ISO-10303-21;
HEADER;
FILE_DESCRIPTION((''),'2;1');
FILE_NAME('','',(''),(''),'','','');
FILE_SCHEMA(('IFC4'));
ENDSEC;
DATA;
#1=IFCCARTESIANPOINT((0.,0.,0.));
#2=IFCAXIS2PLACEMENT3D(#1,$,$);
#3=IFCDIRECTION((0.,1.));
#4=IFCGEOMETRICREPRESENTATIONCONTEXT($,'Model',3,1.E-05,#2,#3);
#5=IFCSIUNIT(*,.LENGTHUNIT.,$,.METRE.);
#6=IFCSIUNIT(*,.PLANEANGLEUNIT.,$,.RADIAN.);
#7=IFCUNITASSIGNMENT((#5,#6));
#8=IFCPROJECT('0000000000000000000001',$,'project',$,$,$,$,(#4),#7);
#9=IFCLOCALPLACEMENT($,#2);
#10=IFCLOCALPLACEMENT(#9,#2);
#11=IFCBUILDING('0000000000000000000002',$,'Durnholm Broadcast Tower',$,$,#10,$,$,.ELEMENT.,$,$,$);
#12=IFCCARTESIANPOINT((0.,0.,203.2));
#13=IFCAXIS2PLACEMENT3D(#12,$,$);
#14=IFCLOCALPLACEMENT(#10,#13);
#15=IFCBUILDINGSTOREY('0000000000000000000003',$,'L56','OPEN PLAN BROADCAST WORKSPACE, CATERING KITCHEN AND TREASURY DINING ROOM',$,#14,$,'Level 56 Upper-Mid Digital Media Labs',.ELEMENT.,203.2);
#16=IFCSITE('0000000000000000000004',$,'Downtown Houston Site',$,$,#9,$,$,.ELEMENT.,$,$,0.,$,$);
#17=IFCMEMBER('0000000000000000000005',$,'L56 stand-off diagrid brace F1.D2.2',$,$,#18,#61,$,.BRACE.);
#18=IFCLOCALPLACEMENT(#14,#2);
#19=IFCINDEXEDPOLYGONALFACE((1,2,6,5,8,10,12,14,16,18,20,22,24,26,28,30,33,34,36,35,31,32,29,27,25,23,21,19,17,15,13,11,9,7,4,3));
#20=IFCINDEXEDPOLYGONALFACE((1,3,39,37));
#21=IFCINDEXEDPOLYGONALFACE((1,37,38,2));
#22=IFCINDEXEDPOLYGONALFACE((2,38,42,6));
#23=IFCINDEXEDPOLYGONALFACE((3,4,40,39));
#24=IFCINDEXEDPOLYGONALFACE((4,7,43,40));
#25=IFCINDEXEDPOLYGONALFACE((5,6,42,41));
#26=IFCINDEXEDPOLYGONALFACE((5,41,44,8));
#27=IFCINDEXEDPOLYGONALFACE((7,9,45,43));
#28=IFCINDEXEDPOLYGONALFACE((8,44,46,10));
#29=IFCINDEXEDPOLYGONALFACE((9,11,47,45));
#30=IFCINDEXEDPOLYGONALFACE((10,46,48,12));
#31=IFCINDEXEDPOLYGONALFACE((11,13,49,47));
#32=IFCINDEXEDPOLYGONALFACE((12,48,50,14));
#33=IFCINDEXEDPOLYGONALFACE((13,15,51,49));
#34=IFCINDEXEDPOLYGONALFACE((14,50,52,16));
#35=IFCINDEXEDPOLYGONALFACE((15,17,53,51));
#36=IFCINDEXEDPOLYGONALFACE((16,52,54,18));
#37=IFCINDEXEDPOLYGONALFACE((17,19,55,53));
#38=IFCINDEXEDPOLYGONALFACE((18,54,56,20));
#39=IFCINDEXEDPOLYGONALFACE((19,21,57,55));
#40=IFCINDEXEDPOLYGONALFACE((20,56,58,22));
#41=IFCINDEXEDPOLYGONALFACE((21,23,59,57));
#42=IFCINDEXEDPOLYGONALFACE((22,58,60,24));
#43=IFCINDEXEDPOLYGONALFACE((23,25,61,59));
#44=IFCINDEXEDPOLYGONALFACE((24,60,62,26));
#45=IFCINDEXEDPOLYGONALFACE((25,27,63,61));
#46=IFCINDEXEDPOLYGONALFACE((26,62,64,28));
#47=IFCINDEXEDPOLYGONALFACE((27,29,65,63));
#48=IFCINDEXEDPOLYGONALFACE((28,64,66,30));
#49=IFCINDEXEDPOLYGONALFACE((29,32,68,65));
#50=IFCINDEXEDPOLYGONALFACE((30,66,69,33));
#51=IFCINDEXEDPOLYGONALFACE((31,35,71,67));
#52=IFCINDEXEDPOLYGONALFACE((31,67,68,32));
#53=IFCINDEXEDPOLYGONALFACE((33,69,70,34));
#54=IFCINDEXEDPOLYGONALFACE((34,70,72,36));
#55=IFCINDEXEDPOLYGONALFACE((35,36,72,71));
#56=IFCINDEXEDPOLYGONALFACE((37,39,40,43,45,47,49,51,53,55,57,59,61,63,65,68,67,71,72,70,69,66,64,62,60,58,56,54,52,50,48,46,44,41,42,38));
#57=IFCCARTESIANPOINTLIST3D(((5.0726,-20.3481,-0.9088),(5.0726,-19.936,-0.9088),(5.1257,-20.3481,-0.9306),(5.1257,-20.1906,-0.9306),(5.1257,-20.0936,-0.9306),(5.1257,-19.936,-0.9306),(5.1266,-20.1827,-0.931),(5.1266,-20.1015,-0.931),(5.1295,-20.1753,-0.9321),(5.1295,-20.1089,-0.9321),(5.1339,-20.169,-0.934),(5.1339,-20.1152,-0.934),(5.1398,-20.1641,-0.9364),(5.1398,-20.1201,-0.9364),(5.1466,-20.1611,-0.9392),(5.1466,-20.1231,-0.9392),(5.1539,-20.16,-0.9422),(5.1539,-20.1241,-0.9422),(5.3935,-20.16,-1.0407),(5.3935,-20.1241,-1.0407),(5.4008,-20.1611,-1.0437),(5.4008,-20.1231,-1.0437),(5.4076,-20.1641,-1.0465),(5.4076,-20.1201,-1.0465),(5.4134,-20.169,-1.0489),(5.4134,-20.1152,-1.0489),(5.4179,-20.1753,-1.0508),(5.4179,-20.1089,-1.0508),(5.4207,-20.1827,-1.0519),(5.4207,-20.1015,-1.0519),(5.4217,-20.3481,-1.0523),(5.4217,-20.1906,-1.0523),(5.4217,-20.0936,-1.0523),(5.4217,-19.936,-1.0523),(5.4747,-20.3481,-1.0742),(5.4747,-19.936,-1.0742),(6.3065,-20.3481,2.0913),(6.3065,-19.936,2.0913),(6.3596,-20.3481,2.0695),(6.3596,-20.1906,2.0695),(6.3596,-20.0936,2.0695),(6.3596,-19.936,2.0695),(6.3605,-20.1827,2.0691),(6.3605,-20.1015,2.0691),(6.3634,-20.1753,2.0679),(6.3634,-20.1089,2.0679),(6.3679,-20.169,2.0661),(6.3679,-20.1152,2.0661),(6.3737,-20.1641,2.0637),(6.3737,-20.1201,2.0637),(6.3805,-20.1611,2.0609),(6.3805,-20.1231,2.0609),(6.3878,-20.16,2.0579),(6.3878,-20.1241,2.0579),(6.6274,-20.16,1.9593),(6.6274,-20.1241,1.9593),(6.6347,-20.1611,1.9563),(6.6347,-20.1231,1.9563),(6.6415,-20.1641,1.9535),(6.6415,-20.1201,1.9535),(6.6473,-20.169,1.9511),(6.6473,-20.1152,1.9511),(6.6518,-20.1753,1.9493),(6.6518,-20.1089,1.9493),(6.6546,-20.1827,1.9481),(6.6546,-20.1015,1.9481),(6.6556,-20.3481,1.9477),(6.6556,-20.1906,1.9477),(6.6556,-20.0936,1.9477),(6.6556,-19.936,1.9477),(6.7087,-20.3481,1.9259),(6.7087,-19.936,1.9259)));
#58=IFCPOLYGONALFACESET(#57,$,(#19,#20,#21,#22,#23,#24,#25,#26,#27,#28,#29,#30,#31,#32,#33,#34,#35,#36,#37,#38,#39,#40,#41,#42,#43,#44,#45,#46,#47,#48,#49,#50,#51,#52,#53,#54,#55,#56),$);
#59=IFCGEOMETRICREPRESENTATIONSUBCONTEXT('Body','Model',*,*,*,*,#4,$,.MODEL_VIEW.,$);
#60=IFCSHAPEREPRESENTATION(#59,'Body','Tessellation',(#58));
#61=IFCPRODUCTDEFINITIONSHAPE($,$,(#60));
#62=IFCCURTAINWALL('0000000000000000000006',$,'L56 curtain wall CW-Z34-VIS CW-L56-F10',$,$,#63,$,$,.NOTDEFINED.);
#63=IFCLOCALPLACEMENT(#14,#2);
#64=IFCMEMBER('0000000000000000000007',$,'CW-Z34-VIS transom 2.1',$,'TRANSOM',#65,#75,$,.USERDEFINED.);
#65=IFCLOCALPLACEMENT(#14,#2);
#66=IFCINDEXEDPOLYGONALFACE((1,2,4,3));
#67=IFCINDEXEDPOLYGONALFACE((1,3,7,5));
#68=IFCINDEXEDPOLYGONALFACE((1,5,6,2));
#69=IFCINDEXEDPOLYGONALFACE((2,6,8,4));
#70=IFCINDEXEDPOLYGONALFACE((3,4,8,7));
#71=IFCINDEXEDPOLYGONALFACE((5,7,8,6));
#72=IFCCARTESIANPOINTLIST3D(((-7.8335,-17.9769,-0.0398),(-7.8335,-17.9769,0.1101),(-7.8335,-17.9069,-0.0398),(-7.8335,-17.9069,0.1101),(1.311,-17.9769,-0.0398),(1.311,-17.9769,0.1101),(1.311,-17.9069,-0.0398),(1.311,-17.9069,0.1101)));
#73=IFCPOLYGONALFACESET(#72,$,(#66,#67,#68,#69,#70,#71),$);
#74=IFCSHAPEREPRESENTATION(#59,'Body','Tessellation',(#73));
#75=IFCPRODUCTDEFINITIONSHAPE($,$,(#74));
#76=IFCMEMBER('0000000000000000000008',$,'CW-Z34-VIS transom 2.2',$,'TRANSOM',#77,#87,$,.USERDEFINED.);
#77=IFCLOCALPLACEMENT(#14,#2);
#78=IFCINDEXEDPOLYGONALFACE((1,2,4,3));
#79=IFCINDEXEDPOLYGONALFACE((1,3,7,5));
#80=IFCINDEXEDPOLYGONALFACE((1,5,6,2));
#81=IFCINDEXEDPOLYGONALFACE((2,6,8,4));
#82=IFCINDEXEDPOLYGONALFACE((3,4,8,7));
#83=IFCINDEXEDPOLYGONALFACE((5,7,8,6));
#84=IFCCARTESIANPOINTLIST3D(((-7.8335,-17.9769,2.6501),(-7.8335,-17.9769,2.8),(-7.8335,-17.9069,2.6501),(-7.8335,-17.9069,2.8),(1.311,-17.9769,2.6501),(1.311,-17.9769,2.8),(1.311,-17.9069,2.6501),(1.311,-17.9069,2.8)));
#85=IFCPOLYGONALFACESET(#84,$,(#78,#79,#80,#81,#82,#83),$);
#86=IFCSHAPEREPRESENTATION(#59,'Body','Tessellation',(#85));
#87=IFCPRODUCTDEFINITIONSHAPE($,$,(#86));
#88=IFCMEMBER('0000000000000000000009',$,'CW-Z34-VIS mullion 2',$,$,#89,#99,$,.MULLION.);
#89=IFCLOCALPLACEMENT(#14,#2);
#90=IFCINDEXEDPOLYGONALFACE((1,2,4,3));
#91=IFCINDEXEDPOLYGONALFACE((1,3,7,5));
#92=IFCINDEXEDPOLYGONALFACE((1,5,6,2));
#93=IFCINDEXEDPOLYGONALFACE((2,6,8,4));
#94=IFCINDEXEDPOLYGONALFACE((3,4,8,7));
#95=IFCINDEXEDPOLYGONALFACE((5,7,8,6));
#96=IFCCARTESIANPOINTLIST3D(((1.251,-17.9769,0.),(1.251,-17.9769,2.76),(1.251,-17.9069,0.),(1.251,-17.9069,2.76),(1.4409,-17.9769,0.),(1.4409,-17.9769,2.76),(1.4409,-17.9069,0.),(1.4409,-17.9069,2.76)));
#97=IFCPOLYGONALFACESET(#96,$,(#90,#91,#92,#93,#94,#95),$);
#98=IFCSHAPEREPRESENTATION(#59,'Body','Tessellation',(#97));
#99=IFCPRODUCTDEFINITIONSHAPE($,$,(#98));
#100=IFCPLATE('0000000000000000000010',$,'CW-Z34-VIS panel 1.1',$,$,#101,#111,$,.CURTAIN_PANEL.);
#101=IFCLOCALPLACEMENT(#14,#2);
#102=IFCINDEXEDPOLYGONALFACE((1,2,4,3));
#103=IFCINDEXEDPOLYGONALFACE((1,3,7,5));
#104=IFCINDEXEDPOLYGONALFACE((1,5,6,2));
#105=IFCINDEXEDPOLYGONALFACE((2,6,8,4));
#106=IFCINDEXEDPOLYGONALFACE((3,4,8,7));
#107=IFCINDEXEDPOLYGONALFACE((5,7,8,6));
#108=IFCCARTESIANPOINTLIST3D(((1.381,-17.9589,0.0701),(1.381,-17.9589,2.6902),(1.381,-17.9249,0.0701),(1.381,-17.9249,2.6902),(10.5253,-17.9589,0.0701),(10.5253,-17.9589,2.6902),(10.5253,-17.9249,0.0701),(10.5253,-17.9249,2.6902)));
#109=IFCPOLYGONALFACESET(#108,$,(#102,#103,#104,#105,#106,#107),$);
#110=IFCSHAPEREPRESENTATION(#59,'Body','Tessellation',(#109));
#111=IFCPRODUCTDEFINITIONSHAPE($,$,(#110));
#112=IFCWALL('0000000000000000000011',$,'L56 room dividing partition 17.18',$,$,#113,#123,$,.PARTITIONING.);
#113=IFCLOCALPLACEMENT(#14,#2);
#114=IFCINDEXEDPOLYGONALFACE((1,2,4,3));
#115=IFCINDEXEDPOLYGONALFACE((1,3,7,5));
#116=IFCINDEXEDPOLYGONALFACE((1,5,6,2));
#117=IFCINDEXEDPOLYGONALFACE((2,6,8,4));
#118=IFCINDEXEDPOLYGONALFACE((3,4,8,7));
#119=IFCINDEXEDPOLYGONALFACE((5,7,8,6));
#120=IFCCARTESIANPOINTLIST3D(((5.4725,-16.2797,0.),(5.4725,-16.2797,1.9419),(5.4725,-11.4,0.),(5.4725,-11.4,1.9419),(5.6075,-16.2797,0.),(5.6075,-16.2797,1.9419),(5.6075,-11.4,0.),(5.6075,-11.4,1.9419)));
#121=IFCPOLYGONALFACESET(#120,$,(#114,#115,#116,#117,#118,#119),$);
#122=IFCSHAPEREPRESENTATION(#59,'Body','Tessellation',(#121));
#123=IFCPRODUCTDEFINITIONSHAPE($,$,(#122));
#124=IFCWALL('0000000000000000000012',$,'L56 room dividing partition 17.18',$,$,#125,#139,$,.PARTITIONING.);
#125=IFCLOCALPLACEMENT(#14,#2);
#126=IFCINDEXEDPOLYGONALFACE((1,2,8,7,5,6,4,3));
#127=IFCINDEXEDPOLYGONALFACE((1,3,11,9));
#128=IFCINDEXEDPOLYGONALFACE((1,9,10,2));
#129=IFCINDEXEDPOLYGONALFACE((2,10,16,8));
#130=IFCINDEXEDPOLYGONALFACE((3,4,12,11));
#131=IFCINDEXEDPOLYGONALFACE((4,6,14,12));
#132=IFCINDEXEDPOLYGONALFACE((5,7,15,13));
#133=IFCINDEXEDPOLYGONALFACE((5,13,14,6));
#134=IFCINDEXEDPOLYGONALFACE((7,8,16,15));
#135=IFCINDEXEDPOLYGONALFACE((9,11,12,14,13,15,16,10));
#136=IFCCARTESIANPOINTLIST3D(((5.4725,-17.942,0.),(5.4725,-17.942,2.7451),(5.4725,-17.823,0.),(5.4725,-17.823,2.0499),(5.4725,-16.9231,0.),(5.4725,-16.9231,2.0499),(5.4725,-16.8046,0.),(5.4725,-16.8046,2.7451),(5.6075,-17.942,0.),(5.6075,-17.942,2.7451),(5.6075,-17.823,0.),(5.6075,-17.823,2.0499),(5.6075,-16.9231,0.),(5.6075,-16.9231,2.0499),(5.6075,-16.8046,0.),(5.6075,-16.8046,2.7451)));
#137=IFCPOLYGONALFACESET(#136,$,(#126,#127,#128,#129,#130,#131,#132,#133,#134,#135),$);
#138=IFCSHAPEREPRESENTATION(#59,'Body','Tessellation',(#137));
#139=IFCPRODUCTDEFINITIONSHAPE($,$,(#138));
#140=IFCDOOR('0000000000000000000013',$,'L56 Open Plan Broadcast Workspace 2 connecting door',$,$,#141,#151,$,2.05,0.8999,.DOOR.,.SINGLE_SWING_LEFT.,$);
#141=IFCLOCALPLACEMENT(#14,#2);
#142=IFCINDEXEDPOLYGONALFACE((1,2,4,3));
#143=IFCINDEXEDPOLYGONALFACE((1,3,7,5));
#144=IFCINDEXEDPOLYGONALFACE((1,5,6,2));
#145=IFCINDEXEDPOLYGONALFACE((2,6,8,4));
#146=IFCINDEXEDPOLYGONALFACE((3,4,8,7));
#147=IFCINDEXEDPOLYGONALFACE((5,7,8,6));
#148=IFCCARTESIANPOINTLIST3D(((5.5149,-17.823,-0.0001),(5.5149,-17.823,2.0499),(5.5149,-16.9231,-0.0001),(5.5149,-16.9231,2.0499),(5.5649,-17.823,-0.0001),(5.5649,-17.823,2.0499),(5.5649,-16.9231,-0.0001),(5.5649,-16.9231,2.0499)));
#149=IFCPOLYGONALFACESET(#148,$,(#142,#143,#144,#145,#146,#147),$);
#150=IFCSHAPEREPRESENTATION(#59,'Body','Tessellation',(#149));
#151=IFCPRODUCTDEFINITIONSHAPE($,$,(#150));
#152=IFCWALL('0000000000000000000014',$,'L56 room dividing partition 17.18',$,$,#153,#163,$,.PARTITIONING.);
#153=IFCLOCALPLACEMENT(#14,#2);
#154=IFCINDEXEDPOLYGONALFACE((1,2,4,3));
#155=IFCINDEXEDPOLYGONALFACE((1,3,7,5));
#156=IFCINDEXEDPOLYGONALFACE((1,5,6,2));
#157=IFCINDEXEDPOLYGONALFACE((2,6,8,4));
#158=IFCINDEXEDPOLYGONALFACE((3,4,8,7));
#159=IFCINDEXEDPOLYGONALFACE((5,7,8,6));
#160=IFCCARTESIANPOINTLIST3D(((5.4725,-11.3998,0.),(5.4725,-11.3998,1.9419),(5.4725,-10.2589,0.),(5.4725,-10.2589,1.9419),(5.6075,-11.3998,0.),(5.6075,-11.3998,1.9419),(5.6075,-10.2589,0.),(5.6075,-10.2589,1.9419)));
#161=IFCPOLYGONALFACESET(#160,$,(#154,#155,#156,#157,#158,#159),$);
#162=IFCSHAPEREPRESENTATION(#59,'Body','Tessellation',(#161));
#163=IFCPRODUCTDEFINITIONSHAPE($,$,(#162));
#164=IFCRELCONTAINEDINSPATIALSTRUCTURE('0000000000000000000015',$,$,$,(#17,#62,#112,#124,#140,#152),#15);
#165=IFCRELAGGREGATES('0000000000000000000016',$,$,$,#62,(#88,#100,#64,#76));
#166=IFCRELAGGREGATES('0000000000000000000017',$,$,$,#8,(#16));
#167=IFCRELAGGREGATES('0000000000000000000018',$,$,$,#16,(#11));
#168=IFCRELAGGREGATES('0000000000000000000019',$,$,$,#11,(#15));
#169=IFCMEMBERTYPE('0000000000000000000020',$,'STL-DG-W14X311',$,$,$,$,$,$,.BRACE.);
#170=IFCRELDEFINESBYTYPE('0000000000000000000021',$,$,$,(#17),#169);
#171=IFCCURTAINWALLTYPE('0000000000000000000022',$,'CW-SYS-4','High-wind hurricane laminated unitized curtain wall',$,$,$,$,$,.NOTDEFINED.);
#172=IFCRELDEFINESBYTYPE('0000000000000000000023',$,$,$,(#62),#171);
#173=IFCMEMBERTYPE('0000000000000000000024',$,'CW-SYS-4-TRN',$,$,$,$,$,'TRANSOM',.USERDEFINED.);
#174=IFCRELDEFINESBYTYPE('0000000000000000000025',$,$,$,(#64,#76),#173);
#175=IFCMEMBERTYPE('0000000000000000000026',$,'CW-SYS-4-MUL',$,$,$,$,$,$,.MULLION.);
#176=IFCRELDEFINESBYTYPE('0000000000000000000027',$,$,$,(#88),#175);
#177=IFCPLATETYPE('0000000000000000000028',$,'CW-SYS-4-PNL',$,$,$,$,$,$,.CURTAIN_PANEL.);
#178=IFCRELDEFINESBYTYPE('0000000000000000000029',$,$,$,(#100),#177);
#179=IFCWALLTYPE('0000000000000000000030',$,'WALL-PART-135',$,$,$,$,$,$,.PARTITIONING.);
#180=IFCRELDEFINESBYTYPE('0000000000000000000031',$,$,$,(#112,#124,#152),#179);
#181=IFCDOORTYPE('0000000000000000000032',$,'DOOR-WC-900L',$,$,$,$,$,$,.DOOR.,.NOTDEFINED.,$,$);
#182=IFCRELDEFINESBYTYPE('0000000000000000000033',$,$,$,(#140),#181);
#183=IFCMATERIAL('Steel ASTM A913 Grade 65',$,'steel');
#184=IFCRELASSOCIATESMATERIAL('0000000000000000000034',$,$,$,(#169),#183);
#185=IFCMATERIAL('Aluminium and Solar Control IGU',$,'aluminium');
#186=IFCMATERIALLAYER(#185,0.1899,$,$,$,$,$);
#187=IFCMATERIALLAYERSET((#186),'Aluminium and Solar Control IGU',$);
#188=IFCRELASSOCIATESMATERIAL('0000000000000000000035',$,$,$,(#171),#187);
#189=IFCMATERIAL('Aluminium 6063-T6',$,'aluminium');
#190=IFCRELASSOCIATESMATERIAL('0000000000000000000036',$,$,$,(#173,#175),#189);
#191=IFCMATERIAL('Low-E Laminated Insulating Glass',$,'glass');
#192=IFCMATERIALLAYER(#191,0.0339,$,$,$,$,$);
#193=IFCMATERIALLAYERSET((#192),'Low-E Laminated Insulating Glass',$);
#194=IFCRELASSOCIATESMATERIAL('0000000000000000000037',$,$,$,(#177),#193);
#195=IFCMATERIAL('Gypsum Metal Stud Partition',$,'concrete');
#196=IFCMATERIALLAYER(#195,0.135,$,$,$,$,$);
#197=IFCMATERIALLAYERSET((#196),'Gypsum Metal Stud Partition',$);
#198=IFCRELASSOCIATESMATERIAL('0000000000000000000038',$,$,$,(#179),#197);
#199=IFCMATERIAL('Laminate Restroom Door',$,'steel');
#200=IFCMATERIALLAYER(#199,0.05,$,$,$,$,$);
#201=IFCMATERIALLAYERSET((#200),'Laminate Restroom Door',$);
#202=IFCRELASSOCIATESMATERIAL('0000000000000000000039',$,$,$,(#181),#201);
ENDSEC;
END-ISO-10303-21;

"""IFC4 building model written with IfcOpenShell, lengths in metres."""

from ifc_helpers import new_model, si_unit, direction, frame, frame_2d, origin, origin_2d, place, context, subcontext, project, spatial, rectangle, i_section, extrude, source, transform, mapped, material, layer, layer_set, material_profile, profile_set, type_object, type_shapes, element, fill, aggregate, save


model = new_model("IFC4")

# Units and contexts
model_context = context("Model", 3, precision=1e-05, world=origin(), true_north=direction((0.0, 1.0)))
body_context = subcontext(model_context, "Body", "Model", "MODEL_VIEW")
ifc_project = project(units=[si_unit("LENGTHUNIT", "METRE"), si_unit("PLANEANGLEUNIT", "RADIAN")], contexts=[model_context])

# Site, building, storey
site_placement = place(None, origin())
site = spatial("IfcSite", under=ifc_project, at=site_placement, Name="Downtown Houston Site", CompositionType="ELEMENT", RefElevation=0.0)
building_placement = place(site_placement, origin())
building = spatial("IfcBuilding", under=site, at=building_placement, Name="Durnholm Broadcast Tower", CompositionType="ELEMENT")
storey_placement = place(building_placement, frame((0.0, 0.0, 203.2)))
storey = spatial("IfcBuildingStorey", under=building, at=storey_placement, Name="L56", Description="OPEN PLAN BROADCAST WORKSPACE, CATERING KITCHEN AND TREASURY DINING ROOM", LongName="Level 56 Upper-Mid Digital Media Labs", CompositionType="ELEMENT", Elevation=203.2)

# Member
ifc_material_1 = material(Name="Steel ASTM A913 Grade 65", Category="steel")
ifc_material_profile_1 = material_profile(ifc_material_1, i_section(OverallWidth=0.4121, OverallDepth=0.4348, WebThickness=0.0359, FlangeThickness=0.0574, FilletRadius=0.0305, at=origin_2d()), Name="W14X311")
ifc_profile_set_1 = profile_set([ifc_material_profile_1], Name="Steel ASTM A913 Grade 65")
member_type_1 = type_object("IfcMemberType", Name="STL-DG-W14X311", PredefinedType="BRACE", material=ifc_profile_set_1)
shared_shape_1 = source(origin(), body_context, "Body", "SweptSolid", [
    extrude(i_section(OverallWidth=0.4121, OverallDepth=0.4348, WebThickness=0.0359, FlangeThickness=0.0574, FilletRadius=0.0305, at=origin_2d()), origin(), (0.0, 0.0, 1.0), 3.2439),
])
type_shapes(member_type_1, [shared_shape_1])
for number, where, z_axis, x_axis, name in (
    (1, (5.2737, -20.1421, -0.9915), (0.380379, 0.0, 0.924831), (0.0, 1.0, 0.0), "L56 stand-off diagrid brace F1.D2.2"),
):
    element("IfcMember", number, at=place(storey_placement, frame(where, z_axis=z_axis, x_axis=x_axis)), inside=storey, type_object=member_type_1, Name=name, PredefinedType="BRACE", context=body_context, shape_type="MappedRepresentation", body=[
        mapped(shared_shape_1, transform((0.0, 0.0, 0.0), x_axis=(1.0, 0.0, 0.0), y_axis=(0.0, 1.0, 0.0), z_axis=(0.0, 0.0, 1.0), scale=1.0)),
    ])

# Curtain wall, members, plate
ifc_material_2 = material(Name="Aluminium and Solar Control IGU", Category="aluminium")
ifc_layer_1 = layer(ifc_material_2, 0.1899)
ifc_layer_set_1 = layer_set([ifc_layer_1], Name="Aluminium and Solar Control IGU")
curtain_wall_type = type_object("IfcCurtainWallType", Name="CW-SYS-4", Description="High-wind hurricane laminated unitized curtain wall", PredefinedType="NOTDEFINED", material=ifc_layer_set_1)
curtain_wall_placement = place(storey_placement, origin())
curtain_wall = element("IfcCurtainWall", 2, at=curtain_wall_placement, inside=storey, type_object=curtain_wall_type, Name="L56 curtain wall CW-Z34-VIS CW-L56-F10", PredefinedType="NOTDEFINED")
ifc_material_3 = material(Name="Aluminium 6063-T6", Category="aluminium")
ifc_material_profile_2 = material_profile(ifc_material_3, rectangle(XDim=0.0701, YDim=0.1499, at=origin_2d()), Name="CWT70X150")
ifc_profile_set_2 = profile_set([ifc_material_profile_2], Name="Aluminium 6063-T6")
member_type_2 = type_object("IfcMemberType", Name="CW-SYS-4-TRN", ElementType="TRANSOM", PredefinedType="USERDEFINED", material=ifc_profile_set_2)
shared_shape_2 = source(origin(), body_context, "Body", "SweptSolid", [
    extrude(rectangle(XDim=0.0701, YDim=0.1499, at=origin_2d()), origin(), (0.0, 0.0, 1.0), 9.1445),
])
type_shapes(member_type_2, [shared_shape_2])
member_1_placement = place(storey_placement, frame((1.311, -17.9419, 0.0352), z_axis=(-1.0, 0.0, 0.0), x_axis=(0.0, -1.0, 0.0)))
member_1 = element("IfcMember", 3, at=member_1_placement, type_object=member_type_2, Name="CW-Z34-VIS transom 2.1", ObjectType="TRANSOM", PredefinedType="USERDEFINED", context=body_context, shape_type="MappedRepresentation", body=[
    mapped(shared_shape_2, transform((0.0, 0.0, 0.0), x_axis=(1.0, 0.0, 0.0), y_axis=(0.0, 1.0, 0.0), z_axis=(0.0, 0.0, 1.0), scale=1.0)),
])
member_2_placement = place(storey_placement, frame((1.311, -17.9419, 2.7251), z_axis=(-1.0, 0.0, 0.0), x_axis=(0.0, -1.0, 0.0)))
member_2 = element("IfcMember", 4, at=member_2_placement, type_object=member_type_2, Name="CW-Z34-VIS transom 2.2", ObjectType="TRANSOM", PredefinedType="USERDEFINED", context=body_context, shape_type="MappedRepresentation", body=[
    mapped(shared_shape_2, transform((0.0, 0.0, 0.0), x_axis=(1.0, 0.0, 0.0), y_axis=(0.0, 1.0, 0.0), z_axis=(0.0, 0.0, 1.0), scale=1.0)),
])
ifc_material_profile_3 = material_profile(ifc_material_3, rectangle(XDim=0.0701, YDim=0.1899, at=origin_2d()), Name="CWM70X190")
ifc_profile_set_3 = profile_set([ifc_material_profile_3], Name="Aluminium 6063-T6")
member_type_3 = type_object("IfcMemberType", Name="CW-SYS-4-MUL", PredefinedType="MULLION", material=ifc_profile_set_3)
shared_shape_3 = source(origin(), body_context, "Body", "SweptSolid", [
    extrude(rectangle(XDim=0.0701, YDim=0.1899, at=origin_2d()), origin(), (0.0, 0.0, 1.0), 2.76),
])
type_shapes(member_type_3, [shared_shape_3])
member_3_placement = place(storey_placement, frame((1.3459, -17.9419, 0.0), z_axis=(0.0, 0.0, 1.0), x_axis=(0.0, -1.0, 0.0)))
member_3 = element("IfcMember", 5, at=member_3_placement, type_object=member_type_3, Name="CW-Z34-VIS mullion 2", PredefinedType="MULLION", context=body_context, shape_type="MappedRepresentation", body=[
    mapped(shared_shape_3, transform((0.0, 0.0, 0.0), x_axis=(1.0, 0.0, 0.0), y_axis=(0.0, 1.0, 0.0), z_axis=(0.0, 0.0, 1.0), scale=1.0)),
])
ifc_material_4 = material(Name="Low-E Laminated Insulating Glass", Category="glass")
ifc_layer_2 = layer(ifc_material_4, 0.0339)
ifc_layer_set_2 = layer_set([ifc_layer_2], Name="Low-E Laminated Insulating Glass")
plate_type = type_object("IfcPlateType", Name="CW-SYS-4-PNL", PredefinedType="CURTAIN_PANEL", material=ifc_layer_set_2)
shared_shape_4 = source(origin(), body_context, "Body", "SweptSolid", [
    extrude(rectangle(XDim=9.1443, YDim=0.0339, at=origin_2d()), origin(), (0.0, 0.0, 1.0), 2.6201),
])
type_shapes(plate_type, [shared_shape_4])
plate_placement = place(storey_placement, frame((5.9531, -17.9419, 0.0701), z_axis=(0.0, 0.0, 1.0), x_axis=(-1.0, 0.0, 0.0)))
plate = element("IfcPlate", 6, at=plate_placement, type_object=plate_type, Name="CW-Z34-VIS panel 1.1", PredefinedType="CURTAIN_PANEL", context=body_context, shape_type="MappedRepresentation", body=[
    mapped(shared_shape_4, transform((0.0, 0.0, 0.0), x_axis=(1.0, 0.0, 0.0), y_axis=(0.0, 1.0, 0.0), z_axis=(0.0, 0.0, 1.0), scale=1.0)),
])
aggregate(curtain_wall, [member_3, plate, member_1, member_2])

# Wall
ifc_material_5 = material(Name="Gypsum Metal Stud Partition", Category="concrete")
ifc_layer_3 = layer(ifc_material_5, 0.135)
ifc_layer_set_3 = layer_set([ifc_layer_3], Name="Gypsum Metal Stud Partition")
wall_type_1 = type_object("IfcWallType", Name="WALL-PART-135", PredefinedType="PARTITIONING", material=ifc_layer_set_3)
wall_1_placement = place(storey_placement, frame((5.54, -11.3999, 0.0), z_axis=(0.0, 0.0, 1.0), x_axis=(0.0, -1.0, 0.0)))
element("IfcWall", 7, at=wall_1_placement, inside=storey, type_object=wall_type_1, Name="L56 room dividing partition 17.18", PredefinedType="PARTITIONING", context=body_context, shape_type="SweptSolid", body=[
    extrude(rectangle(XDim=4.8796, YDim=0.135, at=frame_2d((2.4399, 0.0))), origin(), (0.0, 0.0, 1.0), 1.9419),
])

# Wall, opening, door
wall_2_placement = place(storey_placement, frame((5.54, -16.8044, 0.0), z_axis=(0.0, 0.0, 1.0), x_axis=(0.0, -1.0, 0.0)))
wall_2 = element("IfcWall", 8, at=wall_2_placement, inside=storey, type_object=wall_type_1, Name="L56 room dividing partition 17.18", PredefinedType="PARTITIONING", context=body_context, shape_type="SweptSolid", body=[
    extrude(rectangle(XDim=1.1375, YDim=0.135, at=frame_2d((0.5688, 0.0))), origin(), (0.0, 0.0, 1.0), 2.7451),
])
opening_1_placement = place(wall_2_placement, frame((0.1187, 0.0, 0.0)))
opening_1 = element("IfcOpeningElement", 9, at=opening_1_placement, cuts=wall_2, PredefinedType="OPENING", context=body_context, shape_type="SweptSolid", body=[
    extrude(rectangle(XDim=0.8999, YDim=2.05, at=frame_2d((0.45, 1.0249))), frame((0.0, 0.0776, 0.0), z_axis=(0.0, -1.0, 0.0), x_axis=(1.0, 0.0, 0.0)), (0.0, 0.0, 1.0), 0.155),
])
ifc_material_6 = material(Name="Laminate Restroom Door", Category="steel")
ifc_layer_4 = layer(ifc_material_6, 0.05)
ifc_layer_set_4 = layer_set([ifc_layer_4], Name="Laminate Restroom Door")
door_type_1 = type_object("IfcDoorType", Name="DOOR-WC-900L", OperationType="NOTDEFINED", PredefinedType="DOOR", material=ifc_layer_set_4)
shared_shape_5 = source(origin(), body_context, "Body", "SweptSolid", [
    extrude(rectangle(XDim=0.8999, YDim=2.05, at=frame_2d((0.45, 1.0249))), frame((0.0, 0.0249, 0.0), z_axis=(0.0, -1.0, 0.0), x_axis=(1.0, 0.0, 0.0)), (0.0, 0.0, 1.0), 0.05),
])
type_shapes(door_type_1, [shared_shape_5])
door_1_placement = place(opening_1_placement, origin())
door_1 = element("IfcDoor", 10, at=door_1_placement, inside=storey, type_object=door_type_1, Name="L56 Open Plan Broadcast Workspace 2 connecting door", OperationType="SINGLE_SWING_LEFT", OverallHeight=2.05, OverallWidth=0.8999, PredefinedType="DOOR", context=body_context, shape_type="MappedRepresentation", body=[
    mapped(shared_shape_5, transform((0.0, 0.0, 0.0), x_axis=(1.0, 0.0, 0.0), y_axis=(0.0, 1.0, 0.0), z_axis=(0.0, 0.0, 1.0), scale=1.0)),
])
fill(opening_1, door_1)

# Wall
wall_3_placement = place(storey_placement, frame((5.54, -10.259, 0.0), z_axis=(0.0, 0.0, 1.0), x_axis=(0.0, -1.0, 0.0)))
element("IfcWall", 11, at=wall_3_placement, inside=storey, type_object=wall_type_1, Name="L56 room dividing partition 17.18", PredefinedType="PARTITIONING", context=body_context, shape_type="SweptSolid", body=[
    extrude(rectangle(XDim=1.1409, YDim=0.135, at=frame_2d((0.5703, 0.0))), origin(), (0.0, 0.0, 1.0), 1.9419),
])

save(model, "model.ifc")
